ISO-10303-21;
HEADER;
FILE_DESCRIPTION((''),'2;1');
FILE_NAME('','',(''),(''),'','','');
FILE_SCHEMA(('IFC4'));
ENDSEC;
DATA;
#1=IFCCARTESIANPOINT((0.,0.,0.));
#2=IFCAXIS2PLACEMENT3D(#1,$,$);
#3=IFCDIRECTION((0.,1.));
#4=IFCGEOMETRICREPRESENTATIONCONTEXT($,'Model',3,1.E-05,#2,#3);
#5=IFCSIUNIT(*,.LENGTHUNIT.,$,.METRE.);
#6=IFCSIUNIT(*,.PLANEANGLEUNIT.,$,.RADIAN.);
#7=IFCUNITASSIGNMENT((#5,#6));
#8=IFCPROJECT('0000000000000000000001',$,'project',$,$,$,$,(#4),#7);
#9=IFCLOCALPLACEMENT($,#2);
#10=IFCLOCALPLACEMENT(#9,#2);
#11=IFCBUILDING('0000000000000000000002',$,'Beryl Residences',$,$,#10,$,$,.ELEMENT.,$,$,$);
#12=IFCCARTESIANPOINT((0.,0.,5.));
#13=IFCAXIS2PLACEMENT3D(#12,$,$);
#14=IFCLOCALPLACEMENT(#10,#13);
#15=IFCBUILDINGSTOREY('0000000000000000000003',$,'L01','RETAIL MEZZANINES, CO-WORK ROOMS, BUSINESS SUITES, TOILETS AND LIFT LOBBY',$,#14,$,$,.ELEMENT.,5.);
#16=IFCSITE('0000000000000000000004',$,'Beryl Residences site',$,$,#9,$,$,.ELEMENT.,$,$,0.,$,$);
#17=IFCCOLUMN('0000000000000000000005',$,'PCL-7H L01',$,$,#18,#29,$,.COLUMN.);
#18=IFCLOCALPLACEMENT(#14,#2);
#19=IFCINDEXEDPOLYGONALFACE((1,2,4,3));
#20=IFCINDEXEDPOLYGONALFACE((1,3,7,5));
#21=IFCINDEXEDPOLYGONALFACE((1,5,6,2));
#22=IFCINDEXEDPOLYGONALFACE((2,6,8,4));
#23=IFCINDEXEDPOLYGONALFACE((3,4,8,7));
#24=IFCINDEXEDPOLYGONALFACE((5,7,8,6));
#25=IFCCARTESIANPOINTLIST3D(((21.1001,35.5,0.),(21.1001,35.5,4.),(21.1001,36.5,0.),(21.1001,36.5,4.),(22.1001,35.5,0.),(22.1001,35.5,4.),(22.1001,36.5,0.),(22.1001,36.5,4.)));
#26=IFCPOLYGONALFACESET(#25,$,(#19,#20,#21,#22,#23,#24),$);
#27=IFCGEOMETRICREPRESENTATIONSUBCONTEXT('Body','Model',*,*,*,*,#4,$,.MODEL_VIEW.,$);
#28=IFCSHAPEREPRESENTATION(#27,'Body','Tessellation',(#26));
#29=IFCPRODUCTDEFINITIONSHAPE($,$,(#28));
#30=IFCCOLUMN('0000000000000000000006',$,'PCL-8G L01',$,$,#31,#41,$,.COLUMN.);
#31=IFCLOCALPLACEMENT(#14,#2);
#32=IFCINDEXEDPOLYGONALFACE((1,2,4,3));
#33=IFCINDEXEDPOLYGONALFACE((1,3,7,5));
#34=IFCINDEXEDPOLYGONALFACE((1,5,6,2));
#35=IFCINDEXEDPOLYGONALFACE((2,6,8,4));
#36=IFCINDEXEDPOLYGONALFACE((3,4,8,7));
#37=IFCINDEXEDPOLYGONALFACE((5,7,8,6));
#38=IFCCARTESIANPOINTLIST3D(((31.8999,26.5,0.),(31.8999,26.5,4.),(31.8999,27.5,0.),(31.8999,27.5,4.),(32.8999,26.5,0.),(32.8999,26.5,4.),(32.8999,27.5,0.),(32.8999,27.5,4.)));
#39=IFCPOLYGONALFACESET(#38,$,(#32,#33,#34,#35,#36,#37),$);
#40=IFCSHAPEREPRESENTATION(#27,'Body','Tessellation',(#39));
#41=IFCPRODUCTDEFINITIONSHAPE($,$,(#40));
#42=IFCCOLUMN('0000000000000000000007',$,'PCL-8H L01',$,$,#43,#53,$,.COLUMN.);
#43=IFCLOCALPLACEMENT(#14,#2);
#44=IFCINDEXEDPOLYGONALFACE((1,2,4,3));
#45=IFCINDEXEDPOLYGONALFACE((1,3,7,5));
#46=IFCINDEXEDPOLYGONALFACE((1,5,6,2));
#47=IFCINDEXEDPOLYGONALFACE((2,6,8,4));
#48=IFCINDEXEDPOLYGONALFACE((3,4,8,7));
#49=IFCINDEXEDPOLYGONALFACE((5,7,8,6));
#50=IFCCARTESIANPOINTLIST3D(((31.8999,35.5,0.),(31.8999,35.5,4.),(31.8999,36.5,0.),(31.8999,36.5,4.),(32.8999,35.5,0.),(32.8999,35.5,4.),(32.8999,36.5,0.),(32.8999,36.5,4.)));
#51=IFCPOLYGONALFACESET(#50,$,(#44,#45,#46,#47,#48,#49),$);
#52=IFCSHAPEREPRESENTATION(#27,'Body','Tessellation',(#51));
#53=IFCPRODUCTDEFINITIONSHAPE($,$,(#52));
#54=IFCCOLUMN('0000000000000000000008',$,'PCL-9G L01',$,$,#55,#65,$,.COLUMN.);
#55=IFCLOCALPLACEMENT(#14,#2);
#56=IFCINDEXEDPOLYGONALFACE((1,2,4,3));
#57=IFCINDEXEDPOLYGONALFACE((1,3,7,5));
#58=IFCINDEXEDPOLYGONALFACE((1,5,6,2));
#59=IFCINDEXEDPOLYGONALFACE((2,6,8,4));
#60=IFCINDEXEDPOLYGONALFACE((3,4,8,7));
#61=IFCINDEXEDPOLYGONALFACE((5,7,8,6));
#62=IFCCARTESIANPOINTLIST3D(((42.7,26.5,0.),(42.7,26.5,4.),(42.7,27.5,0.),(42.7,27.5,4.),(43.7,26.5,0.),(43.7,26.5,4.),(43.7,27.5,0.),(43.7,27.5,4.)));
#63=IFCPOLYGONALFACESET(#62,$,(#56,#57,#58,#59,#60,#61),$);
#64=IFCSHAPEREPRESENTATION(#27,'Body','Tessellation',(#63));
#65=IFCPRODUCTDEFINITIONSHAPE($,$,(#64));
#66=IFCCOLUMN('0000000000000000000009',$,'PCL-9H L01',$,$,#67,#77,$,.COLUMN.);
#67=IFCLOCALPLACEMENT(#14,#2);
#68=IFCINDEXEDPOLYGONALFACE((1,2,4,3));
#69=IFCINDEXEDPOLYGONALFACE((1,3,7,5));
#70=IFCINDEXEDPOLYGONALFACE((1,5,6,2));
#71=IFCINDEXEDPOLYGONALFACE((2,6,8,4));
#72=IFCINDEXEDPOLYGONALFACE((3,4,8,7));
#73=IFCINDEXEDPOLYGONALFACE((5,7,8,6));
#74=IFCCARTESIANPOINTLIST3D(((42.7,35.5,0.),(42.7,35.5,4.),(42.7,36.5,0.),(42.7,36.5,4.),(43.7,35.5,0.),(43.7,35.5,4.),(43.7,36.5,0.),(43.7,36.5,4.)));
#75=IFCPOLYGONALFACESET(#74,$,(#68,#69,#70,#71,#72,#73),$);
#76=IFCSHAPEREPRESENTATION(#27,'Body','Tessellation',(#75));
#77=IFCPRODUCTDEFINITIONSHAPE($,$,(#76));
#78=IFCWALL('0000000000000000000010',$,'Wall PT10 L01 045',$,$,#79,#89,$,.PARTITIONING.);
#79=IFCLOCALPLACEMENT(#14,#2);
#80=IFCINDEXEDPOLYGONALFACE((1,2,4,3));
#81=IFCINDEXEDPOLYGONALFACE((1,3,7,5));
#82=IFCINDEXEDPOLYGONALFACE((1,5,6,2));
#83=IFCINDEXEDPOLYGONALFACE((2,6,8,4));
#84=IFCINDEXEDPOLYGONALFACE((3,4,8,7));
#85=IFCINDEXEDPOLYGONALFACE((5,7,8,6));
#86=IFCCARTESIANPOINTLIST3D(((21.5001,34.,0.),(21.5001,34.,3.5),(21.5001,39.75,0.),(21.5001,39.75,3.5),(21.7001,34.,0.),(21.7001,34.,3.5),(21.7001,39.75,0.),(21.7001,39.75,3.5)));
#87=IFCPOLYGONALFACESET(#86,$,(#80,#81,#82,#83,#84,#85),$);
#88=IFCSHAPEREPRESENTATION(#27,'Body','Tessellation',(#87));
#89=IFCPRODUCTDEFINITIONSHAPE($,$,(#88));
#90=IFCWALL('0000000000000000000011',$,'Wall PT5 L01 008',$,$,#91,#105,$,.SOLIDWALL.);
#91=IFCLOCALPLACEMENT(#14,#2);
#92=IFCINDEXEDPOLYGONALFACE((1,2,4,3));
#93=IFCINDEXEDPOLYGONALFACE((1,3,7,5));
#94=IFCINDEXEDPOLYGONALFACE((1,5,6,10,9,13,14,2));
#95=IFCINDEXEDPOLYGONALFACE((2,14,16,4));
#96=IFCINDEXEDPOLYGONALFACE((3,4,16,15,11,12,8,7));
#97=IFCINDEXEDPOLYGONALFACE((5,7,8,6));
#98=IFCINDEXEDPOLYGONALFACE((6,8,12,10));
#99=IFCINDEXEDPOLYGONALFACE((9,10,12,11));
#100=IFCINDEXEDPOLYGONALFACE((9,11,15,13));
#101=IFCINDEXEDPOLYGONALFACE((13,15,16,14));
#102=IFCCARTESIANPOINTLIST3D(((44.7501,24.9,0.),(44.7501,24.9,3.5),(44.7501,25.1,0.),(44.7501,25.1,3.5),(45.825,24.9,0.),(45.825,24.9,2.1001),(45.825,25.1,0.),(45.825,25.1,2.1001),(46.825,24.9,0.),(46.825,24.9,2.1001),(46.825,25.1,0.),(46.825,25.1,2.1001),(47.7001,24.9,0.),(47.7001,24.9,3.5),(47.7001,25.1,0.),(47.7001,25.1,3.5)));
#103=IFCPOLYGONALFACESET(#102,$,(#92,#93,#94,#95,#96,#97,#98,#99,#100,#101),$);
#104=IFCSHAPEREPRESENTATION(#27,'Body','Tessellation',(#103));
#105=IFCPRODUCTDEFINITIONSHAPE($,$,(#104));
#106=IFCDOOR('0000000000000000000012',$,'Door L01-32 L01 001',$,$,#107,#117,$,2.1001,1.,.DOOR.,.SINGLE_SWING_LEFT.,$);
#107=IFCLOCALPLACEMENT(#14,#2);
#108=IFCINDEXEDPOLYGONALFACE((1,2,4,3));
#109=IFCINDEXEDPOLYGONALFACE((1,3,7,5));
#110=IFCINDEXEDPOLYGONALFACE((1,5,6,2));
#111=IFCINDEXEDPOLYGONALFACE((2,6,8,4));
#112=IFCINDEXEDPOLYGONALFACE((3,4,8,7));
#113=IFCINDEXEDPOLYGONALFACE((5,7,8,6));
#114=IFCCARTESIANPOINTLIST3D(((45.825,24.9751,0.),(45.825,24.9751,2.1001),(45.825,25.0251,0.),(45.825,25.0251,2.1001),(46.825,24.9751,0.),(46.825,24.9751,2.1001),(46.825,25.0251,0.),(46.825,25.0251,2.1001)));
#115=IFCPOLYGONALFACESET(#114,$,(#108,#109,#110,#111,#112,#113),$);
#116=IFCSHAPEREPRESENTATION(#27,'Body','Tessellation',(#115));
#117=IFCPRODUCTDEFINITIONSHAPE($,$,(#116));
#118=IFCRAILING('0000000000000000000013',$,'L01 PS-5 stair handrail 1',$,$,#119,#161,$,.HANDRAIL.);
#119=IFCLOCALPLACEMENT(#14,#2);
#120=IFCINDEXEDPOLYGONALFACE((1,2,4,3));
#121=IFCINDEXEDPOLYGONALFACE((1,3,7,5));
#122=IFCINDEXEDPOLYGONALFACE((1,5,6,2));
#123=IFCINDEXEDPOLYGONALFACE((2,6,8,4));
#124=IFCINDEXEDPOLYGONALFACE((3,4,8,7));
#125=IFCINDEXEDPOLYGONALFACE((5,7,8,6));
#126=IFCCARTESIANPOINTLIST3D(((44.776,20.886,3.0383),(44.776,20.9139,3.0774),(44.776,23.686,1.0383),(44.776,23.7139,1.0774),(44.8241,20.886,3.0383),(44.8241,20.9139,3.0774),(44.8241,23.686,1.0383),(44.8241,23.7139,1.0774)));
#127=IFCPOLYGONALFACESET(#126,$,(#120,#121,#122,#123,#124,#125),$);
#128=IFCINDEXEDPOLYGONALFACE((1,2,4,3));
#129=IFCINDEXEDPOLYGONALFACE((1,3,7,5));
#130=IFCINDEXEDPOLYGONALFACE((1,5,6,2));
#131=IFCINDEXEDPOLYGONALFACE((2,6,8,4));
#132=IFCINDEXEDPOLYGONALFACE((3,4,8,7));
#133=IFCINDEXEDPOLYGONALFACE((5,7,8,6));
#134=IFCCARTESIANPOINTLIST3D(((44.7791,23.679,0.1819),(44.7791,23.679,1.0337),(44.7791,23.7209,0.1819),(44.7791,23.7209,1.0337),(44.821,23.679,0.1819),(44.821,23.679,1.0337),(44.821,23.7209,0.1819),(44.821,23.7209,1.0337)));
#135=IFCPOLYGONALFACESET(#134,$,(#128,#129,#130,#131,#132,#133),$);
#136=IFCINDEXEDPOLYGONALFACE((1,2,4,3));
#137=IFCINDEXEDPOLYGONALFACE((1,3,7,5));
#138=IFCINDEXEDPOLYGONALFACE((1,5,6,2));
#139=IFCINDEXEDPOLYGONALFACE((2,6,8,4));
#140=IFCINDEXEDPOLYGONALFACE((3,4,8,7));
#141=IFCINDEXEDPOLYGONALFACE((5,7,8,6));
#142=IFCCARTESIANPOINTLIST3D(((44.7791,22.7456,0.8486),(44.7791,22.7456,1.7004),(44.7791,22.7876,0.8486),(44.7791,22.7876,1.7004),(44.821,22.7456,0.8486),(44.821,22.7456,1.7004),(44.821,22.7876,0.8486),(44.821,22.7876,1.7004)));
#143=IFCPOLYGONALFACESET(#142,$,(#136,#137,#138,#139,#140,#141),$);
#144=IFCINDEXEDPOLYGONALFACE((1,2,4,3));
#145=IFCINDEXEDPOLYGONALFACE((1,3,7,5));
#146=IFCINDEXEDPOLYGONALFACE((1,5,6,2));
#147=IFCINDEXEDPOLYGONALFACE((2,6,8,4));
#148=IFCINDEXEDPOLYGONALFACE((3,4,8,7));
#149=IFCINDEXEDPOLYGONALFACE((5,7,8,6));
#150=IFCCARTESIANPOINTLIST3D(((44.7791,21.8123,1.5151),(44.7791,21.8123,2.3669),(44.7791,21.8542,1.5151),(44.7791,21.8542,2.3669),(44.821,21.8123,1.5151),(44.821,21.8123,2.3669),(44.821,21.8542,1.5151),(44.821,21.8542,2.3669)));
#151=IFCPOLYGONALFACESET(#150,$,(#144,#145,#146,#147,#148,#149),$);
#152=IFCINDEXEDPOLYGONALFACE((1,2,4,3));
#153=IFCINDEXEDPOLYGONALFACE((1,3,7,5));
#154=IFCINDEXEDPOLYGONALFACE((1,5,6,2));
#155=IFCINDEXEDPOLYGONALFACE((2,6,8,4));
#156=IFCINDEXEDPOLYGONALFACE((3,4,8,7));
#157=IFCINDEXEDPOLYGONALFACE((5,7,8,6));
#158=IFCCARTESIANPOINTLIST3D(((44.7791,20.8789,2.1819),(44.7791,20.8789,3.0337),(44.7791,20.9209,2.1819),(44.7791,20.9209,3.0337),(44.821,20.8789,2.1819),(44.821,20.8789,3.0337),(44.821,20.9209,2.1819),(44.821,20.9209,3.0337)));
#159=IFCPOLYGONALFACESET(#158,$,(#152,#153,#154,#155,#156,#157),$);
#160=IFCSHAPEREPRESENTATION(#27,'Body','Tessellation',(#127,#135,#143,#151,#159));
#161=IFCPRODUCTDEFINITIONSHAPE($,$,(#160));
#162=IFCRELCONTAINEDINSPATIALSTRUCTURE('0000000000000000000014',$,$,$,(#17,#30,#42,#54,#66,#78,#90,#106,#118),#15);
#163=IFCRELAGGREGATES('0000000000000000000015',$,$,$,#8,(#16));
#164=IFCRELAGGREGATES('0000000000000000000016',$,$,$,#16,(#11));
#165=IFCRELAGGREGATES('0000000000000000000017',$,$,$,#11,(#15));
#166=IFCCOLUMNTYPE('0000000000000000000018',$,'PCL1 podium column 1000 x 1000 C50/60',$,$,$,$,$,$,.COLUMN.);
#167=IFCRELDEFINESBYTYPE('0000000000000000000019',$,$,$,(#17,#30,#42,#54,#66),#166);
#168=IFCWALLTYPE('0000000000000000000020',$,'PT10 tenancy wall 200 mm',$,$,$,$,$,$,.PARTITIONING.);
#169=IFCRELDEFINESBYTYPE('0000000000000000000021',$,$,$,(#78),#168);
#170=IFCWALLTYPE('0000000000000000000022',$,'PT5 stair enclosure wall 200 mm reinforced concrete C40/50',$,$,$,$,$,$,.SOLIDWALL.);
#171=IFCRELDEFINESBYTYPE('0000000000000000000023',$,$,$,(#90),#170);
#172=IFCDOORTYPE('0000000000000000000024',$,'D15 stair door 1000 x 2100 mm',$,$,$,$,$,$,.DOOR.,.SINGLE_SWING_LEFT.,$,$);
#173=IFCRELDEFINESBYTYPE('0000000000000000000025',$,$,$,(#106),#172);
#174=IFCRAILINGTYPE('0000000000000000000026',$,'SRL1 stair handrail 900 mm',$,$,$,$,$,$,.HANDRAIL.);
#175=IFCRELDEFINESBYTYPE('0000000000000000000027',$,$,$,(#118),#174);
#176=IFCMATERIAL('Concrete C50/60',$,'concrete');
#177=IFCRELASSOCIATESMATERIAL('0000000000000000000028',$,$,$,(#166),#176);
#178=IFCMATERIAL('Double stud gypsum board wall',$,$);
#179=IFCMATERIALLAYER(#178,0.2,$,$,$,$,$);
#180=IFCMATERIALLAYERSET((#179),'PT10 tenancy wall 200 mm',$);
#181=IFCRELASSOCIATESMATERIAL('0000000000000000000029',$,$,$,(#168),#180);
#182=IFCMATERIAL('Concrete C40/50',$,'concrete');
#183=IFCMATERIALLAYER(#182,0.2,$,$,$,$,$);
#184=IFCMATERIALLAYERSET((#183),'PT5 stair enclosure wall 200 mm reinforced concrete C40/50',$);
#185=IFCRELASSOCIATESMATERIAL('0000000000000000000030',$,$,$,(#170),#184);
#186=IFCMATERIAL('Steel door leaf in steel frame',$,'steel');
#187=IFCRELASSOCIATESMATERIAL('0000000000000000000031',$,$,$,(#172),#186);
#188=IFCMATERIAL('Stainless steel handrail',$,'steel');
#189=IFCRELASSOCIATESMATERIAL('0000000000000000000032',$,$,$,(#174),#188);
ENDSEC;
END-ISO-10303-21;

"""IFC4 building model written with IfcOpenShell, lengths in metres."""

from ifc_helpers import new_model, si_unit, direction, frame, frame_2d, origin, origin_2d, place, context, subcontext, project, spatial, rectangle, extrude, material, layer, layer_set, material_profile, profile_set, type_object, element, fill, save


model = new_model("IFC4")

# Units and contexts
model_context = context("Model", 3, precision=1e-05, world=origin(), true_north=direction((0.0, 1.0)))
body_context = subcontext(model_context, "Body", "Model", "MODEL_VIEW")
ifc_project = project(units=[si_unit("LENGTHUNIT", "METRE"), si_unit("PLANEANGLEUNIT", "RADIAN")], contexts=[model_context])

# Site, building, storey
site_placement = place(None, origin())
site = spatial("IfcSite", under=ifc_project, at=site_placement, Name="Beryl Residences site", CompositionType="ELEMENT", RefElevation=0.0)
building_placement = place(site_placement, origin())
building = spatial("IfcBuilding", under=site, at=building_placement, Name="Beryl Residences", CompositionType="ELEMENT")
storey_placement = place(building_placement, frame((0.0, 0.0, 5.0)))
storey = spatial("IfcBuildingStorey", under=building, at=storey_placement, Name="L01", Description="RETAIL MEZZANINES, CO-WORK ROOMS, BUSINESS SUITES, TOILETS AND LIFT LOBBY", CompositionType="ELEMENT", Elevation=5.0)

# Columns
ifc_material_1 = material(Name="Concrete C50/60", Category="concrete")
ifc_material_profile = material_profile(ifc_material_1, rectangle(XDim=1.0, YDim=1.0, at=origin_2d()))
ifc_profile_set = profile_set([ifc_material_profile], Name="Concrete C50/60")
column_type = type_object("IfcColumnType", Name="PCL1 podium column 1000 x 1000 C50/60", PredefinedType="COLUMN", material=ifc_profile_set)
for number, where, z_axis, x_axis, name in (
    (1, (21.6001, 36.0, 0.0), (0.0, 0.0, 1.0), (1.0, 0.0, 0.0), "PCL-7H L01"),
    (2, (32.3999, 27.0, 0.0), (0.0, 0.0, 1.0), (1.0, 0.0, 0.0), "PCL-8G L01"),
    (3, (32.3999, 36.0, 0.0), (0.0, 0.0, 1.0), (1.0, 0.0, 0.0), "PCL-8H L01"),
    (4, (43.2, 27.0, 0.0), (0.0, 0.0, 1.0), (1.0, 0.0, 0.0), "PCL-9G L01"),
    (5, (43.2, 36.0, 0.0), (0.0, 0.0, 1.0), (1.0, 0.0, 0.0), "PCL-9H L01"),
):
    element("IfcColumn", number, at=place(storey_placement, frame(where, z_axis=z_axis, x_axis=x_axis)), inside=storey, type_object=column_type, Name=name, PredefinedType="COLUMN", context=body_context, shape_type="SweptSolid", body=[
        extrude(rectangle(XDim=1.0, YDim=1.0, at=origin_2d()), origin(), (0.0, 0.0, 1.0), 4.0),
    ])

# Wall
ifc_material_2 = material(Name="Double stud gypsum board wall")
ifc_layer_1 = layer(ifc_material_2, 0.2)
ifc_layer_set_1 = layer_set([ifc_layer_1], Name="PT10 tenancy wall 200 mm")
wall_type_1 = type_object("IfcWallType", Name="PT10 tenancy wall 200 mm", PredefinedType="PARTITIONING", material=ifc_layer_set_1)
wall_1_placement = place(storey_placement, frame((21.6001, 34.0, 0.0), z_axis=(0.0, 0.0, 1.0), x_axis=(0.0, 1.0, 0.0)))
element("IfcWall", 6, at=wall_1_placement, inside=storey, type_object=wall_type_1, Name="Wall PT10 L01 045", PredefinedType="PARTITIONING", context=body_context, shape_type="SweptSolid", body=[
    extrude(rectangle(XDim=5.75, YDim=0.2, at=frame_2d((2.875, 0.0))), origin(), (0.0, 0.0, 1.0), 3.5),
])

# Wall, opening, door
ifc_material_3 = material(Name="Concrete C40/50", Category="concrete")
ifc_layer_2 = layer(ifc_material_3, 0.2)
ifc_layer_set_2 = layer_set([ifc_layer_2], Name="PT5 stair enclosure wall 200 mm reinforced concrete C40/50")
wall_type_2 = type_object("IfcWallType", Name="PT5 stair enclosure wall 200 mm reinforced concrete C40/50", PredefinedType="SOLIDWALL", material=ifc_layer_set_2)
wall_2_placement = place(storey_placement, frame((44.75, 25.0, 0.0), z_axis=(0.0, 0.0, 1.0), x_axis=(1.0, 0.0, 0.0)))
wall_2 = element("IfcWall", 7, at=wall_2_placement, inside=storey, type_object=wall_type_2, Name="Wall PT5 L01 008", PredefinedType="SOLIDWALL", context=body_context, shape_type="SweptSolid", body=[
    extrude(rectangle(XDim=2.95, YDim=0.2, at=frame_2d((1.4751, 0.0))), origin(), (0.0, 0.0, 1.0), 3.5),
])
opening_placement = place(wall_2_placement, frame((2.075, 0.0, 0.0), z_axis=(0.0, 0.0, 1.0), x_axis=(-1.0, 0.0, 0.0)))
opening = element("IfcOpeningElement", 8, at=opening_placement, cuts=wall_2, PredefinedType="OPENING", context=body_context, shape_type="SweptSolid", body=[
    extrude(rectangle(XDim=1.0, YDim=2.1001, at=frame_2d((0.5, 1.05))), frame((0.0, 0.1099, 0.0), z_axis=(0.0, -1.0, 0.0), x_axis=(1.0, 0.0, 0.0)), (0.0, 0.0, 1.0), 0.22),
])
ifc_material_4 = material(Name="Steel door leaf in steel frame", Category="steel")
door_type = type_object("IfcDoorType", Name="D15 stair door 1000 x 2100 mm", OperationType="SINGLE_SWING_LEFT", PredefinedType="DOOR", material=ifc_material_4)
door_placement = place(opening_placement, origin())
door = element("IfcDoor", 9, at=door_placement, inside=storey, type_object=door_type, Name="Door L01-32 L01 001", OperationType="SINGLE_SWING_LEFT", OverallHeight=2.1001, OverallWidth=1.0, PredefinedType="DOOR", context=body_context, shape_type="SweptSolid", body=[
    extrude(rectangle(XDim=1.0, YDim=2.1001, at=frame_2d((0.5, 1.05))), frame((0.0, 0.0249, 0.0), z_axis=(0.0, -1.0, 0.0), x_axis=(1.0, 0.0, 0.0)), (0.0, 0.0, 1.0), 0.05),
])
fill(opening, door)

# Railing
ifc_material_5 = material(Name="Stainless steel handrail", Category="steel")
railing_type = type_object("IfcRailingType", Name="SRL1 stair handrail 900 mm", PredefinedType="HANDRAIL", material=ifc_material_5)
railing_placement = place(storey_placement, frame((44.8, 23.7, 0.1819)))
element("IfcRailing", 10, at=railing_placement, inside=storey, type_object=railing_type, Name="L01 PS-5 stair handrail 1", PredefinedType="HANDRAIL", context=body_context, shape_type="SweptSolid", body=[
    extrude(rectangle(XDim=0.0481, YDim=0.0481, at=origin_2d()), frame((0.0, 0.0, 0.876), z_axis=(0.0, -0.813738, 0.581231), x_axis=(1.0, 0.0, 0.0)), (0.0, 0.0, 1.0), 3.4409),
    extrude(rectangle(XDim=0.042, YDim=0.042, at=origin_2d()), origin(), (0.0, 0.0, 1.0), 0.8518),
    extrude(rectangle(XDim=0.042, YDim=0.042, at=origin_2d()), frame((0.0, -0.9333, 0.6667)), (0.0, 0.0, 1.0), 0.8518),
    extrude(rectangle(XDim=0.042, YDim=0.042, at=origin_2d()), frame((0.0, -1.8667, 1.3333)), (0.0, 0.0, 1.0), 0.8518),
    extrude(rectangle(XDim=0.042, YDim=0.042, at=origin_2d()), frame((0.0, -2.8, 2.0)), (0.0, 0.0, 1.0), 0.8518),
])

save(model, "model.ifc")
